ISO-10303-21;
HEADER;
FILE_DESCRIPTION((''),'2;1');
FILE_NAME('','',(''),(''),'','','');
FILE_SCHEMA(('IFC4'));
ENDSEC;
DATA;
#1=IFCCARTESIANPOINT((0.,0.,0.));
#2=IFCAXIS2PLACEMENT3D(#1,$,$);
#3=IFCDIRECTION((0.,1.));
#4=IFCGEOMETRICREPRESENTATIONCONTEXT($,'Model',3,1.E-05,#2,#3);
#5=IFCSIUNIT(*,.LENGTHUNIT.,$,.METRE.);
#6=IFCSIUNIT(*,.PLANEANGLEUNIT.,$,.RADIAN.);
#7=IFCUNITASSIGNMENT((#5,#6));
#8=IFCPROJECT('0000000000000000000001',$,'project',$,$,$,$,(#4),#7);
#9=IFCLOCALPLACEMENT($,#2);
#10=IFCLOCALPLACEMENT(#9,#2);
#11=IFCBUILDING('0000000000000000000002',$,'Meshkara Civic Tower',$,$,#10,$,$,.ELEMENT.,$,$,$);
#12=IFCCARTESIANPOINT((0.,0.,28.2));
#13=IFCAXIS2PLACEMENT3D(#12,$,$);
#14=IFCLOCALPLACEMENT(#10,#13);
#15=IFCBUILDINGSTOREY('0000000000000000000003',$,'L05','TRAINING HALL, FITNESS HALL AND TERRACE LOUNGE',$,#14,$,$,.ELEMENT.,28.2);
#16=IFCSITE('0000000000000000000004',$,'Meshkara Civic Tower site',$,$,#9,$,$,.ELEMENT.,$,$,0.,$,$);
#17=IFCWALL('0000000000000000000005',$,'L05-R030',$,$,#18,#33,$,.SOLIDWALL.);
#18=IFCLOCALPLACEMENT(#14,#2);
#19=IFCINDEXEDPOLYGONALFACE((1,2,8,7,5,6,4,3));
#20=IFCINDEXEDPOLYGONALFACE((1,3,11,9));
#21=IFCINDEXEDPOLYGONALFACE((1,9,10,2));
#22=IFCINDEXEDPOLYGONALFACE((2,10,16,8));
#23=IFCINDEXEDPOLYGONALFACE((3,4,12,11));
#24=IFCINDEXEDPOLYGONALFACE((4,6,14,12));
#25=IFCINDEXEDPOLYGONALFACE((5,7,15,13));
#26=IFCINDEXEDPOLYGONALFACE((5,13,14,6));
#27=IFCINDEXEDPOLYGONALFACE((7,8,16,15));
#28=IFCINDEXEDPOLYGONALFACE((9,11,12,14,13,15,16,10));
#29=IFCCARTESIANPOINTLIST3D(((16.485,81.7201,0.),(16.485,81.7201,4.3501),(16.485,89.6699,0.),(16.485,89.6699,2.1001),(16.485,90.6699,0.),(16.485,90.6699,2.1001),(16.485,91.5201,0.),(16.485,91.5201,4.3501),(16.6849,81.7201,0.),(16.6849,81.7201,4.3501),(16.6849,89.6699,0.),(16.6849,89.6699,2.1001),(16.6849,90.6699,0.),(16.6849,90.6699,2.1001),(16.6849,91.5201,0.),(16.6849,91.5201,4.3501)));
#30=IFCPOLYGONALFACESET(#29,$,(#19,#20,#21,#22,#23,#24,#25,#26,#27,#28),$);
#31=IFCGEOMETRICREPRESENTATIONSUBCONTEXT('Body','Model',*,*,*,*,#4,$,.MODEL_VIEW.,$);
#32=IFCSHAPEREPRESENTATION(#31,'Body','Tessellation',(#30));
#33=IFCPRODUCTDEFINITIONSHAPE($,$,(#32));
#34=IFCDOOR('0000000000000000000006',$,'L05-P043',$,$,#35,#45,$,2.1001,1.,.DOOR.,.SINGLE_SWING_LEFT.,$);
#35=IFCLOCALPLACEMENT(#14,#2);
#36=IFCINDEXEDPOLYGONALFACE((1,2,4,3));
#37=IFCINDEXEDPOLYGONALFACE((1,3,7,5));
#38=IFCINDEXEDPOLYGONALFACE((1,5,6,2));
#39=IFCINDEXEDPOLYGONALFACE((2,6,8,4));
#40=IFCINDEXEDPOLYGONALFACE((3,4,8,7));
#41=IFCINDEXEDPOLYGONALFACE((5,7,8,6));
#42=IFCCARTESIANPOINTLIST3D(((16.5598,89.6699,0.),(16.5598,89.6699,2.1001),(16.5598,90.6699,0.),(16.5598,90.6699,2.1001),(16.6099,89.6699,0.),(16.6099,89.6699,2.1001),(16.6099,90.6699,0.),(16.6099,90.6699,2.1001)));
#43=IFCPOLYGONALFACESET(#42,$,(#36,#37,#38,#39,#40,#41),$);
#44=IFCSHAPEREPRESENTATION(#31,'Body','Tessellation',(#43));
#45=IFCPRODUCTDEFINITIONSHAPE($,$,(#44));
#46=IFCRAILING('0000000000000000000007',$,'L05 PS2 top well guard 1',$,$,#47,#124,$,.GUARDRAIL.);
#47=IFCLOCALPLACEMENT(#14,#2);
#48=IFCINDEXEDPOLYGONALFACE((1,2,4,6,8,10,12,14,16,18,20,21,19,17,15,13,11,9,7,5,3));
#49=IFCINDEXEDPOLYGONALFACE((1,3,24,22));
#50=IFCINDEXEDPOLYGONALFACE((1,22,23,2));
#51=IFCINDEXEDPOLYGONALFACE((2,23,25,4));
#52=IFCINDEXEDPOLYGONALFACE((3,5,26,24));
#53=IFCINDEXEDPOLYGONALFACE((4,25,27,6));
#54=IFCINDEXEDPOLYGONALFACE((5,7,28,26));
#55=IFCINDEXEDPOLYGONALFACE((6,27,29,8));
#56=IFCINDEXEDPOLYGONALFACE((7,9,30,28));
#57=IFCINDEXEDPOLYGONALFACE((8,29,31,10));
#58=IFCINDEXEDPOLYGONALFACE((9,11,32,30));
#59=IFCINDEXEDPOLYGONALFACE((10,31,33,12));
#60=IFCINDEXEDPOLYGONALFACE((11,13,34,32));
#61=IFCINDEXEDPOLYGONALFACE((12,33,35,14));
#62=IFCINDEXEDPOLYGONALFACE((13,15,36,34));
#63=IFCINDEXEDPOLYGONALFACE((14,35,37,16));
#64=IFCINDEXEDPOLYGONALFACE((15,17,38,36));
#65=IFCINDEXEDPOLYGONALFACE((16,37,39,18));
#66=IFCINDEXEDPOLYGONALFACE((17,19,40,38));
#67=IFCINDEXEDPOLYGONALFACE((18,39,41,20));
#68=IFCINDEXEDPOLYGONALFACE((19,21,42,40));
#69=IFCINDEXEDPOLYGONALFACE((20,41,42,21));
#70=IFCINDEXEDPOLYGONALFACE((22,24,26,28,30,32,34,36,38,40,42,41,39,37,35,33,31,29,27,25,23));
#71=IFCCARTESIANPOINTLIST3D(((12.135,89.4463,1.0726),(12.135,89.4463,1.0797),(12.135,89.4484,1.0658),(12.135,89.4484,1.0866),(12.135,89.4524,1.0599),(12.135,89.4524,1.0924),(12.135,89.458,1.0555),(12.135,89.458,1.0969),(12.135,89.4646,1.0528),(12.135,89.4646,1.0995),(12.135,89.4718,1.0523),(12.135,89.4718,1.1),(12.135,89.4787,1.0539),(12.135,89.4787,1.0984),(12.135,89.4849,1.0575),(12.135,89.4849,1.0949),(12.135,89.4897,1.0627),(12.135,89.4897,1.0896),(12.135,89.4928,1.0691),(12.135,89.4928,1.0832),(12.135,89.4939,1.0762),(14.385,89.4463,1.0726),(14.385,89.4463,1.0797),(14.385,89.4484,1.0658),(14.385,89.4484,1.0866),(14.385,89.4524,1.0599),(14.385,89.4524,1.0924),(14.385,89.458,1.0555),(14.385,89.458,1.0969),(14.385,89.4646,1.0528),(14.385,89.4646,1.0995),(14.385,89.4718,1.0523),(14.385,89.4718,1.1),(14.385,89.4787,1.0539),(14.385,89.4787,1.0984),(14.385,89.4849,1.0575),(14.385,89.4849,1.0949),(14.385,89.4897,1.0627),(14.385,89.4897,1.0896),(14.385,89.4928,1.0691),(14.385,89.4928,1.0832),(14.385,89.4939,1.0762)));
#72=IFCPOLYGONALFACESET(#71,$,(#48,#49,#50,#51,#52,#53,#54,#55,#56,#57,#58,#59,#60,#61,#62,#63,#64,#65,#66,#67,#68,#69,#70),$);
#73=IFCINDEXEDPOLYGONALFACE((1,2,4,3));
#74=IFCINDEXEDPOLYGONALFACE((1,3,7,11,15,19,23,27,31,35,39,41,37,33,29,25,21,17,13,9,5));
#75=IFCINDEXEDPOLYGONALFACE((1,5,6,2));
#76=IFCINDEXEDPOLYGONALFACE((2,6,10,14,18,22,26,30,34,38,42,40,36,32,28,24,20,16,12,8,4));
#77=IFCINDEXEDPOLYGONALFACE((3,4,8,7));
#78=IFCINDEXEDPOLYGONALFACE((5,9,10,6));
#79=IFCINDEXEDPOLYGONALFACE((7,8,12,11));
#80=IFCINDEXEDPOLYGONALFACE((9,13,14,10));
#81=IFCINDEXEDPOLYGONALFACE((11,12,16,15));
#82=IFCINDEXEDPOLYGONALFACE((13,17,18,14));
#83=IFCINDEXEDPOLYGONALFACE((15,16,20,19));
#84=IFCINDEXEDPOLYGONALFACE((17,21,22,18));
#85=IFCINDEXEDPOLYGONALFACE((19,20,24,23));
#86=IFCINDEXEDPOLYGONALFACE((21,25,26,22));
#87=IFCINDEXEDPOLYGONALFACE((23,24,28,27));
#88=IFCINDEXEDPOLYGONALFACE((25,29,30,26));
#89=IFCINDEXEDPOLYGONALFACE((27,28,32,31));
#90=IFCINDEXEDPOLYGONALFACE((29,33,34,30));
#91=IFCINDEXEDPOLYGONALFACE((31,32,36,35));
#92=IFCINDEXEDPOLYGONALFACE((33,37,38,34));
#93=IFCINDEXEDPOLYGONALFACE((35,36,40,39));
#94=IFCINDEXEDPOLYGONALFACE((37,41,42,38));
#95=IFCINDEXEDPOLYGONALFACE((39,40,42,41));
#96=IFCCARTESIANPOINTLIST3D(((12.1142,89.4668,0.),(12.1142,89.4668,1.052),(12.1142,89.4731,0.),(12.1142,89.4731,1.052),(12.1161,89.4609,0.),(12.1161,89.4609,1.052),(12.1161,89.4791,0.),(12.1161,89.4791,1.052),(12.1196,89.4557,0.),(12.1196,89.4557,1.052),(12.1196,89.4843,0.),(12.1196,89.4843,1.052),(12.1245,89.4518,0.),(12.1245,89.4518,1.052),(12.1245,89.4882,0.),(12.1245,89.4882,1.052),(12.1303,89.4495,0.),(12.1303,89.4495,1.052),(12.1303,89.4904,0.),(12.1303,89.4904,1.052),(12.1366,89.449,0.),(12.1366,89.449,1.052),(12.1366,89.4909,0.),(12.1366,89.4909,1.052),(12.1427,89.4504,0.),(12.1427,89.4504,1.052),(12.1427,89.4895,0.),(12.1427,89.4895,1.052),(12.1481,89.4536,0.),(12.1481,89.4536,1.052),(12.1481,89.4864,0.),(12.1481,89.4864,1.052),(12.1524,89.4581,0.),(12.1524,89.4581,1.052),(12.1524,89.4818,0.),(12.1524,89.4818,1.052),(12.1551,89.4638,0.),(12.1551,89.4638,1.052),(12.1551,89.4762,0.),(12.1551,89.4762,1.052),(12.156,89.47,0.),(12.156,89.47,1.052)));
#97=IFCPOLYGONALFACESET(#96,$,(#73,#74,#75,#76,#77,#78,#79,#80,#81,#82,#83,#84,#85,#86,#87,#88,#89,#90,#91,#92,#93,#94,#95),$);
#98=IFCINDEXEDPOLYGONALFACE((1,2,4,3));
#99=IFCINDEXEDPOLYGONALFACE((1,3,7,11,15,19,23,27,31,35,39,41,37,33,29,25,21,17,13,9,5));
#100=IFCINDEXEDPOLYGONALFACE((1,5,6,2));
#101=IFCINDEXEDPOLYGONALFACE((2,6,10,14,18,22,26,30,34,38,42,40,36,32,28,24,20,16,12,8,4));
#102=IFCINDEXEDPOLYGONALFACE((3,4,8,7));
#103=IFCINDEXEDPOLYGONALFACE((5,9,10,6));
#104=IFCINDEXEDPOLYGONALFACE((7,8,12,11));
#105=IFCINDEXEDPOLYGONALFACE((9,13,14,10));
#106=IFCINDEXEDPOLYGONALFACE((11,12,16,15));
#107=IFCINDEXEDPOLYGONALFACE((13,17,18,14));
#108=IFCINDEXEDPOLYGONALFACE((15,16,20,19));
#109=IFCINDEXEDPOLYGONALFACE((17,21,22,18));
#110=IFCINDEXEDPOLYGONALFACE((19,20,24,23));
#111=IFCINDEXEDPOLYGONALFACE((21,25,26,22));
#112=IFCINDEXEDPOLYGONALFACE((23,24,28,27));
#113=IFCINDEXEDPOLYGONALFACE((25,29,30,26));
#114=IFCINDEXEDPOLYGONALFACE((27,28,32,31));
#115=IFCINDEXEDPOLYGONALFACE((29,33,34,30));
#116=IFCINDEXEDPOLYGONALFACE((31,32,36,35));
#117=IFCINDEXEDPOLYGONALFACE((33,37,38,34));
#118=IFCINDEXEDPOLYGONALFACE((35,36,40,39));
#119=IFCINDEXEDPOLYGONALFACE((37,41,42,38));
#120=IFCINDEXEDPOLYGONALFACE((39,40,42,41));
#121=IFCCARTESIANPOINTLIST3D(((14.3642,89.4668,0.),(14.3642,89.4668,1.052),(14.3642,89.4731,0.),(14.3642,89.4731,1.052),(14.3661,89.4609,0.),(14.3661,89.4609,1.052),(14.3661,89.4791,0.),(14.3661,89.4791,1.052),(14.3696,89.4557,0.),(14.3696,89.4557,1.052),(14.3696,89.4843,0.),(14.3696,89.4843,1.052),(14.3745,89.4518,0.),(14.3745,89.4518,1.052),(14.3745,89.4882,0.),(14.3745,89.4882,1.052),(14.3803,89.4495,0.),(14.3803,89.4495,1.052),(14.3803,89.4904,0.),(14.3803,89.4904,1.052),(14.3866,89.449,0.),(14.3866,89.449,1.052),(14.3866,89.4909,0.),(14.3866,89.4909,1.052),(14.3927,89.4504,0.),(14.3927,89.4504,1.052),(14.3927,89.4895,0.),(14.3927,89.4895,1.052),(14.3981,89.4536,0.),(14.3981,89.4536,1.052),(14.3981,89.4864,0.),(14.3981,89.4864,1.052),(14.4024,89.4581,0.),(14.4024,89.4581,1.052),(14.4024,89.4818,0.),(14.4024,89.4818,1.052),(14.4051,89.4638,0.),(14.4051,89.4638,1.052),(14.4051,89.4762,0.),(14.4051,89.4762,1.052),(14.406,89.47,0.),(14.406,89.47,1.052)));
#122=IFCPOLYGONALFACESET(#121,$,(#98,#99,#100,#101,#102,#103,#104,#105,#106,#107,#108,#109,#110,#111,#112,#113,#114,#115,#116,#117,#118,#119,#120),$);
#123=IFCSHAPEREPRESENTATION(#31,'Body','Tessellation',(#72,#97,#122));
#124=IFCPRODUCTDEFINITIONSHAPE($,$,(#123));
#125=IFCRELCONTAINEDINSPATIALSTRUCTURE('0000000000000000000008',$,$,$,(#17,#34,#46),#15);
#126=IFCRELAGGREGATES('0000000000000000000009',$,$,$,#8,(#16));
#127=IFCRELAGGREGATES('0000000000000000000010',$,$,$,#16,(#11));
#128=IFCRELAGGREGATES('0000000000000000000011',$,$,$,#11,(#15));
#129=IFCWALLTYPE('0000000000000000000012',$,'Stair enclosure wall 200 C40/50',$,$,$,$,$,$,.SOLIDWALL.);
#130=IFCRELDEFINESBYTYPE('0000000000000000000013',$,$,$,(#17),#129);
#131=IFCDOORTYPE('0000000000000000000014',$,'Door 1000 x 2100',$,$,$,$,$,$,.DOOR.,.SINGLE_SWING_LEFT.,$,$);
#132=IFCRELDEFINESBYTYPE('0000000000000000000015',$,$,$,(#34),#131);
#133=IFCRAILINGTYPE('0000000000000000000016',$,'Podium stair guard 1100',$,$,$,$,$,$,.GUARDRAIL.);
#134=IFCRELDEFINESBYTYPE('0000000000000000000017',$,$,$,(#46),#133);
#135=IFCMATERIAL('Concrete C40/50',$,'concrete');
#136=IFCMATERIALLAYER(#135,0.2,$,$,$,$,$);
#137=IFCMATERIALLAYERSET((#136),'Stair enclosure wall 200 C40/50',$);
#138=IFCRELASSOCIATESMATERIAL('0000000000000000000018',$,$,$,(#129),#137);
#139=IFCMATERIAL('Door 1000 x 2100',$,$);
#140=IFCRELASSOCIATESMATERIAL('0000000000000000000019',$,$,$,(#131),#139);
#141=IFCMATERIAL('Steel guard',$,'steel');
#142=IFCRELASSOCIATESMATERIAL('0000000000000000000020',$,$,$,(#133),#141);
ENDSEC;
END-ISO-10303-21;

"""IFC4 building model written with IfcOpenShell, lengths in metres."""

from ifc_helpers import new_model, si_unit, direction, frame, frame_2d, origin, origin_2d, place, context, subcontext, project, spatial, rectangle, circle, extrude, material, layer, layer_set, type_object, element, fill, save


model = new_model("IFC4")

# Units and contexts
model_context = context("Model", 3, precision=1e-05, world=origin(), true_north=direction((0.0, 1.0)))
body_context = subcontext(model_context, "Body", "Model", "MODEL_VIEW")
ifc_project = project(units=[si_unit("LENGTHUNIT", "METRE"), si_unit("PLANEANGLEUNIT", "RADIAN")], contexts=[model_context])

# Site, building, storey
site_placement = place(None, origin())
site = spatial("IfcSite", under=ifc_project, at=site_placement, Name="Meshkara Civic Tower site", CompositionType="ELEMENT", RefElevation=0.0)
building_placement = place(site_placement, origin())
building = spatial("IfcBuilding", under=site, at=building_placement, Name="Meshkara Civic Tower", CompositionType="ELEMENT")
storey_placement = place(building_placement, frame((0.0, 0.0, 28.2)))
storey = spatial("IfcBuildingStorey", under=building, at=storey_placement, Name="L05", Description="TRAINING HALL, FITNESS HALL AND TERRACE LOUNGE", CompositionType="ELEMENT", Elevation=28.2)

# Shared definitions
ifc_material_1 = material(Name="Concrete C40/50", Category="concrete")
ifc_layer_1 = layer(ifc_material_1, 0.2)
ifc_layer_set_1 = layer_set([ifc_layer_1], Name="Stair enclosure wall 200 C40/50")
wall_type_1 = type_object("IfcWallType", Name="Stair enclosure wall 200 C40/50", PredefinedType="SOLIDWALL", material=ifc_layer_set_1)

# Wall, opening, door
wall_1_placement = place(storey_placement, frame((16.585, 91.52, 0.0), z_axis=(0.0, 0.0, 1.0), x_axis=(0.0, -1.0, 0.0)))
wall_1 = element("IfcWall", 1, at=wall_1_placement, inside=storey, type_object=wall_type_1, Name="L05-R030", PredefinedType="SOLIDWALL", context=body_context, shape_type="SweptSolid", body=[
    extrude(rectangle(XDim=9.8, YDim=0.2, at=frame_2d((4.8999, 0.0))), origin(), (0.0, 0.0, 1.0), 4.3501),
])
opening_1_placement = place(wall_1_placement, frame((0.8501, 0.0, 0.0)))
opening_1 = element("IfcOpeningElement", 2, at=opening_1_placement, cuts=wall_1, PredefinedType="OPENING", context=body_context, shape_type="SweptSolid", body=[
    extrude(rectangle(XDim=1.0, YDim=2.1001, at=frame_2d((0.5, 1.05))), frame((0.0, 0.1099, 0.0), z_axis=(0.0, -1.0, 0.0), x_axis=(1.0, 0.0, 0.0)), (0.0, 0.0, 1.0), 0.22),
])
ifc_material_2 = material(Name="Door 1000 x 2100")
door_type = type_object("IfcDoorType", Name="Door 1000 x 2100", OperationType="SINGLE_SWING_LEFT", PredefinedType="DOOR", material=ifc_material_2)
door_placement = place(opening_1_placement, origin())
door = element("IfcDoor", 3, at=door_placement, inside=storey, type_object=door_type, Name="L05-P043", OperationType="SINGLE_SWING_LEFT", OverallHeight=2.1001, OverallWidth=1.0, PredefinedType="DOOR", context=body_context, shape_type="SweptSolid", body=[
    extrude(rectangle(XDim=1.0, YDim=2.1001, at=frame_2d((0.5, 1.05))), frame((0.0, 0.0249, 0.0), z_axis=(0.0, -1.0, 0.0), x_axis=(1.0, 0.0, 0.0)), (0.0, 0.0, 1.0), 0.05),
])
fill(opening_1, door)

# Railing
ifc_material_3 = material(Name="Steel guard", Category="steel")
railing_type = type_object("IfcRailingType", Name="Podium stair guard 1100", PredefinedType="GUARDRAIL", material=ifc_material_3)
railing_1_placement = place(storey_placement, frame((12.135, 89.47, 0.0)))
element("IfcRailing", 4, at=railing_1_placement, inside=storey, type_object=railing_type, Name="L05 PS2 top well guard 1", PredefinedType="GUARDRAIL", context=body_context, shape_type="SweptSolid", body=[
    extrude(circle(Radius=0.0239, at=origin_2d()), frame((0.0, 0.0, 1.0762), z_axis=(1.0, 0.0, 0.0), x_axis=(0.0, 1.0, 0.0)), (0.0, 0.0, 1.0), 2.25),
    extrude(circle(Radius=0.021, at=origin_2d()), origin(), (0.0, 0.0, 1.0), 1.052),
    extrude(circle(Radius=0.021, at=origin_2d()), frame((2.25, 0.0, 0.0)), (0.0, 0.0, 1.0), 1.052),
])

save(model, "model.ifc")
